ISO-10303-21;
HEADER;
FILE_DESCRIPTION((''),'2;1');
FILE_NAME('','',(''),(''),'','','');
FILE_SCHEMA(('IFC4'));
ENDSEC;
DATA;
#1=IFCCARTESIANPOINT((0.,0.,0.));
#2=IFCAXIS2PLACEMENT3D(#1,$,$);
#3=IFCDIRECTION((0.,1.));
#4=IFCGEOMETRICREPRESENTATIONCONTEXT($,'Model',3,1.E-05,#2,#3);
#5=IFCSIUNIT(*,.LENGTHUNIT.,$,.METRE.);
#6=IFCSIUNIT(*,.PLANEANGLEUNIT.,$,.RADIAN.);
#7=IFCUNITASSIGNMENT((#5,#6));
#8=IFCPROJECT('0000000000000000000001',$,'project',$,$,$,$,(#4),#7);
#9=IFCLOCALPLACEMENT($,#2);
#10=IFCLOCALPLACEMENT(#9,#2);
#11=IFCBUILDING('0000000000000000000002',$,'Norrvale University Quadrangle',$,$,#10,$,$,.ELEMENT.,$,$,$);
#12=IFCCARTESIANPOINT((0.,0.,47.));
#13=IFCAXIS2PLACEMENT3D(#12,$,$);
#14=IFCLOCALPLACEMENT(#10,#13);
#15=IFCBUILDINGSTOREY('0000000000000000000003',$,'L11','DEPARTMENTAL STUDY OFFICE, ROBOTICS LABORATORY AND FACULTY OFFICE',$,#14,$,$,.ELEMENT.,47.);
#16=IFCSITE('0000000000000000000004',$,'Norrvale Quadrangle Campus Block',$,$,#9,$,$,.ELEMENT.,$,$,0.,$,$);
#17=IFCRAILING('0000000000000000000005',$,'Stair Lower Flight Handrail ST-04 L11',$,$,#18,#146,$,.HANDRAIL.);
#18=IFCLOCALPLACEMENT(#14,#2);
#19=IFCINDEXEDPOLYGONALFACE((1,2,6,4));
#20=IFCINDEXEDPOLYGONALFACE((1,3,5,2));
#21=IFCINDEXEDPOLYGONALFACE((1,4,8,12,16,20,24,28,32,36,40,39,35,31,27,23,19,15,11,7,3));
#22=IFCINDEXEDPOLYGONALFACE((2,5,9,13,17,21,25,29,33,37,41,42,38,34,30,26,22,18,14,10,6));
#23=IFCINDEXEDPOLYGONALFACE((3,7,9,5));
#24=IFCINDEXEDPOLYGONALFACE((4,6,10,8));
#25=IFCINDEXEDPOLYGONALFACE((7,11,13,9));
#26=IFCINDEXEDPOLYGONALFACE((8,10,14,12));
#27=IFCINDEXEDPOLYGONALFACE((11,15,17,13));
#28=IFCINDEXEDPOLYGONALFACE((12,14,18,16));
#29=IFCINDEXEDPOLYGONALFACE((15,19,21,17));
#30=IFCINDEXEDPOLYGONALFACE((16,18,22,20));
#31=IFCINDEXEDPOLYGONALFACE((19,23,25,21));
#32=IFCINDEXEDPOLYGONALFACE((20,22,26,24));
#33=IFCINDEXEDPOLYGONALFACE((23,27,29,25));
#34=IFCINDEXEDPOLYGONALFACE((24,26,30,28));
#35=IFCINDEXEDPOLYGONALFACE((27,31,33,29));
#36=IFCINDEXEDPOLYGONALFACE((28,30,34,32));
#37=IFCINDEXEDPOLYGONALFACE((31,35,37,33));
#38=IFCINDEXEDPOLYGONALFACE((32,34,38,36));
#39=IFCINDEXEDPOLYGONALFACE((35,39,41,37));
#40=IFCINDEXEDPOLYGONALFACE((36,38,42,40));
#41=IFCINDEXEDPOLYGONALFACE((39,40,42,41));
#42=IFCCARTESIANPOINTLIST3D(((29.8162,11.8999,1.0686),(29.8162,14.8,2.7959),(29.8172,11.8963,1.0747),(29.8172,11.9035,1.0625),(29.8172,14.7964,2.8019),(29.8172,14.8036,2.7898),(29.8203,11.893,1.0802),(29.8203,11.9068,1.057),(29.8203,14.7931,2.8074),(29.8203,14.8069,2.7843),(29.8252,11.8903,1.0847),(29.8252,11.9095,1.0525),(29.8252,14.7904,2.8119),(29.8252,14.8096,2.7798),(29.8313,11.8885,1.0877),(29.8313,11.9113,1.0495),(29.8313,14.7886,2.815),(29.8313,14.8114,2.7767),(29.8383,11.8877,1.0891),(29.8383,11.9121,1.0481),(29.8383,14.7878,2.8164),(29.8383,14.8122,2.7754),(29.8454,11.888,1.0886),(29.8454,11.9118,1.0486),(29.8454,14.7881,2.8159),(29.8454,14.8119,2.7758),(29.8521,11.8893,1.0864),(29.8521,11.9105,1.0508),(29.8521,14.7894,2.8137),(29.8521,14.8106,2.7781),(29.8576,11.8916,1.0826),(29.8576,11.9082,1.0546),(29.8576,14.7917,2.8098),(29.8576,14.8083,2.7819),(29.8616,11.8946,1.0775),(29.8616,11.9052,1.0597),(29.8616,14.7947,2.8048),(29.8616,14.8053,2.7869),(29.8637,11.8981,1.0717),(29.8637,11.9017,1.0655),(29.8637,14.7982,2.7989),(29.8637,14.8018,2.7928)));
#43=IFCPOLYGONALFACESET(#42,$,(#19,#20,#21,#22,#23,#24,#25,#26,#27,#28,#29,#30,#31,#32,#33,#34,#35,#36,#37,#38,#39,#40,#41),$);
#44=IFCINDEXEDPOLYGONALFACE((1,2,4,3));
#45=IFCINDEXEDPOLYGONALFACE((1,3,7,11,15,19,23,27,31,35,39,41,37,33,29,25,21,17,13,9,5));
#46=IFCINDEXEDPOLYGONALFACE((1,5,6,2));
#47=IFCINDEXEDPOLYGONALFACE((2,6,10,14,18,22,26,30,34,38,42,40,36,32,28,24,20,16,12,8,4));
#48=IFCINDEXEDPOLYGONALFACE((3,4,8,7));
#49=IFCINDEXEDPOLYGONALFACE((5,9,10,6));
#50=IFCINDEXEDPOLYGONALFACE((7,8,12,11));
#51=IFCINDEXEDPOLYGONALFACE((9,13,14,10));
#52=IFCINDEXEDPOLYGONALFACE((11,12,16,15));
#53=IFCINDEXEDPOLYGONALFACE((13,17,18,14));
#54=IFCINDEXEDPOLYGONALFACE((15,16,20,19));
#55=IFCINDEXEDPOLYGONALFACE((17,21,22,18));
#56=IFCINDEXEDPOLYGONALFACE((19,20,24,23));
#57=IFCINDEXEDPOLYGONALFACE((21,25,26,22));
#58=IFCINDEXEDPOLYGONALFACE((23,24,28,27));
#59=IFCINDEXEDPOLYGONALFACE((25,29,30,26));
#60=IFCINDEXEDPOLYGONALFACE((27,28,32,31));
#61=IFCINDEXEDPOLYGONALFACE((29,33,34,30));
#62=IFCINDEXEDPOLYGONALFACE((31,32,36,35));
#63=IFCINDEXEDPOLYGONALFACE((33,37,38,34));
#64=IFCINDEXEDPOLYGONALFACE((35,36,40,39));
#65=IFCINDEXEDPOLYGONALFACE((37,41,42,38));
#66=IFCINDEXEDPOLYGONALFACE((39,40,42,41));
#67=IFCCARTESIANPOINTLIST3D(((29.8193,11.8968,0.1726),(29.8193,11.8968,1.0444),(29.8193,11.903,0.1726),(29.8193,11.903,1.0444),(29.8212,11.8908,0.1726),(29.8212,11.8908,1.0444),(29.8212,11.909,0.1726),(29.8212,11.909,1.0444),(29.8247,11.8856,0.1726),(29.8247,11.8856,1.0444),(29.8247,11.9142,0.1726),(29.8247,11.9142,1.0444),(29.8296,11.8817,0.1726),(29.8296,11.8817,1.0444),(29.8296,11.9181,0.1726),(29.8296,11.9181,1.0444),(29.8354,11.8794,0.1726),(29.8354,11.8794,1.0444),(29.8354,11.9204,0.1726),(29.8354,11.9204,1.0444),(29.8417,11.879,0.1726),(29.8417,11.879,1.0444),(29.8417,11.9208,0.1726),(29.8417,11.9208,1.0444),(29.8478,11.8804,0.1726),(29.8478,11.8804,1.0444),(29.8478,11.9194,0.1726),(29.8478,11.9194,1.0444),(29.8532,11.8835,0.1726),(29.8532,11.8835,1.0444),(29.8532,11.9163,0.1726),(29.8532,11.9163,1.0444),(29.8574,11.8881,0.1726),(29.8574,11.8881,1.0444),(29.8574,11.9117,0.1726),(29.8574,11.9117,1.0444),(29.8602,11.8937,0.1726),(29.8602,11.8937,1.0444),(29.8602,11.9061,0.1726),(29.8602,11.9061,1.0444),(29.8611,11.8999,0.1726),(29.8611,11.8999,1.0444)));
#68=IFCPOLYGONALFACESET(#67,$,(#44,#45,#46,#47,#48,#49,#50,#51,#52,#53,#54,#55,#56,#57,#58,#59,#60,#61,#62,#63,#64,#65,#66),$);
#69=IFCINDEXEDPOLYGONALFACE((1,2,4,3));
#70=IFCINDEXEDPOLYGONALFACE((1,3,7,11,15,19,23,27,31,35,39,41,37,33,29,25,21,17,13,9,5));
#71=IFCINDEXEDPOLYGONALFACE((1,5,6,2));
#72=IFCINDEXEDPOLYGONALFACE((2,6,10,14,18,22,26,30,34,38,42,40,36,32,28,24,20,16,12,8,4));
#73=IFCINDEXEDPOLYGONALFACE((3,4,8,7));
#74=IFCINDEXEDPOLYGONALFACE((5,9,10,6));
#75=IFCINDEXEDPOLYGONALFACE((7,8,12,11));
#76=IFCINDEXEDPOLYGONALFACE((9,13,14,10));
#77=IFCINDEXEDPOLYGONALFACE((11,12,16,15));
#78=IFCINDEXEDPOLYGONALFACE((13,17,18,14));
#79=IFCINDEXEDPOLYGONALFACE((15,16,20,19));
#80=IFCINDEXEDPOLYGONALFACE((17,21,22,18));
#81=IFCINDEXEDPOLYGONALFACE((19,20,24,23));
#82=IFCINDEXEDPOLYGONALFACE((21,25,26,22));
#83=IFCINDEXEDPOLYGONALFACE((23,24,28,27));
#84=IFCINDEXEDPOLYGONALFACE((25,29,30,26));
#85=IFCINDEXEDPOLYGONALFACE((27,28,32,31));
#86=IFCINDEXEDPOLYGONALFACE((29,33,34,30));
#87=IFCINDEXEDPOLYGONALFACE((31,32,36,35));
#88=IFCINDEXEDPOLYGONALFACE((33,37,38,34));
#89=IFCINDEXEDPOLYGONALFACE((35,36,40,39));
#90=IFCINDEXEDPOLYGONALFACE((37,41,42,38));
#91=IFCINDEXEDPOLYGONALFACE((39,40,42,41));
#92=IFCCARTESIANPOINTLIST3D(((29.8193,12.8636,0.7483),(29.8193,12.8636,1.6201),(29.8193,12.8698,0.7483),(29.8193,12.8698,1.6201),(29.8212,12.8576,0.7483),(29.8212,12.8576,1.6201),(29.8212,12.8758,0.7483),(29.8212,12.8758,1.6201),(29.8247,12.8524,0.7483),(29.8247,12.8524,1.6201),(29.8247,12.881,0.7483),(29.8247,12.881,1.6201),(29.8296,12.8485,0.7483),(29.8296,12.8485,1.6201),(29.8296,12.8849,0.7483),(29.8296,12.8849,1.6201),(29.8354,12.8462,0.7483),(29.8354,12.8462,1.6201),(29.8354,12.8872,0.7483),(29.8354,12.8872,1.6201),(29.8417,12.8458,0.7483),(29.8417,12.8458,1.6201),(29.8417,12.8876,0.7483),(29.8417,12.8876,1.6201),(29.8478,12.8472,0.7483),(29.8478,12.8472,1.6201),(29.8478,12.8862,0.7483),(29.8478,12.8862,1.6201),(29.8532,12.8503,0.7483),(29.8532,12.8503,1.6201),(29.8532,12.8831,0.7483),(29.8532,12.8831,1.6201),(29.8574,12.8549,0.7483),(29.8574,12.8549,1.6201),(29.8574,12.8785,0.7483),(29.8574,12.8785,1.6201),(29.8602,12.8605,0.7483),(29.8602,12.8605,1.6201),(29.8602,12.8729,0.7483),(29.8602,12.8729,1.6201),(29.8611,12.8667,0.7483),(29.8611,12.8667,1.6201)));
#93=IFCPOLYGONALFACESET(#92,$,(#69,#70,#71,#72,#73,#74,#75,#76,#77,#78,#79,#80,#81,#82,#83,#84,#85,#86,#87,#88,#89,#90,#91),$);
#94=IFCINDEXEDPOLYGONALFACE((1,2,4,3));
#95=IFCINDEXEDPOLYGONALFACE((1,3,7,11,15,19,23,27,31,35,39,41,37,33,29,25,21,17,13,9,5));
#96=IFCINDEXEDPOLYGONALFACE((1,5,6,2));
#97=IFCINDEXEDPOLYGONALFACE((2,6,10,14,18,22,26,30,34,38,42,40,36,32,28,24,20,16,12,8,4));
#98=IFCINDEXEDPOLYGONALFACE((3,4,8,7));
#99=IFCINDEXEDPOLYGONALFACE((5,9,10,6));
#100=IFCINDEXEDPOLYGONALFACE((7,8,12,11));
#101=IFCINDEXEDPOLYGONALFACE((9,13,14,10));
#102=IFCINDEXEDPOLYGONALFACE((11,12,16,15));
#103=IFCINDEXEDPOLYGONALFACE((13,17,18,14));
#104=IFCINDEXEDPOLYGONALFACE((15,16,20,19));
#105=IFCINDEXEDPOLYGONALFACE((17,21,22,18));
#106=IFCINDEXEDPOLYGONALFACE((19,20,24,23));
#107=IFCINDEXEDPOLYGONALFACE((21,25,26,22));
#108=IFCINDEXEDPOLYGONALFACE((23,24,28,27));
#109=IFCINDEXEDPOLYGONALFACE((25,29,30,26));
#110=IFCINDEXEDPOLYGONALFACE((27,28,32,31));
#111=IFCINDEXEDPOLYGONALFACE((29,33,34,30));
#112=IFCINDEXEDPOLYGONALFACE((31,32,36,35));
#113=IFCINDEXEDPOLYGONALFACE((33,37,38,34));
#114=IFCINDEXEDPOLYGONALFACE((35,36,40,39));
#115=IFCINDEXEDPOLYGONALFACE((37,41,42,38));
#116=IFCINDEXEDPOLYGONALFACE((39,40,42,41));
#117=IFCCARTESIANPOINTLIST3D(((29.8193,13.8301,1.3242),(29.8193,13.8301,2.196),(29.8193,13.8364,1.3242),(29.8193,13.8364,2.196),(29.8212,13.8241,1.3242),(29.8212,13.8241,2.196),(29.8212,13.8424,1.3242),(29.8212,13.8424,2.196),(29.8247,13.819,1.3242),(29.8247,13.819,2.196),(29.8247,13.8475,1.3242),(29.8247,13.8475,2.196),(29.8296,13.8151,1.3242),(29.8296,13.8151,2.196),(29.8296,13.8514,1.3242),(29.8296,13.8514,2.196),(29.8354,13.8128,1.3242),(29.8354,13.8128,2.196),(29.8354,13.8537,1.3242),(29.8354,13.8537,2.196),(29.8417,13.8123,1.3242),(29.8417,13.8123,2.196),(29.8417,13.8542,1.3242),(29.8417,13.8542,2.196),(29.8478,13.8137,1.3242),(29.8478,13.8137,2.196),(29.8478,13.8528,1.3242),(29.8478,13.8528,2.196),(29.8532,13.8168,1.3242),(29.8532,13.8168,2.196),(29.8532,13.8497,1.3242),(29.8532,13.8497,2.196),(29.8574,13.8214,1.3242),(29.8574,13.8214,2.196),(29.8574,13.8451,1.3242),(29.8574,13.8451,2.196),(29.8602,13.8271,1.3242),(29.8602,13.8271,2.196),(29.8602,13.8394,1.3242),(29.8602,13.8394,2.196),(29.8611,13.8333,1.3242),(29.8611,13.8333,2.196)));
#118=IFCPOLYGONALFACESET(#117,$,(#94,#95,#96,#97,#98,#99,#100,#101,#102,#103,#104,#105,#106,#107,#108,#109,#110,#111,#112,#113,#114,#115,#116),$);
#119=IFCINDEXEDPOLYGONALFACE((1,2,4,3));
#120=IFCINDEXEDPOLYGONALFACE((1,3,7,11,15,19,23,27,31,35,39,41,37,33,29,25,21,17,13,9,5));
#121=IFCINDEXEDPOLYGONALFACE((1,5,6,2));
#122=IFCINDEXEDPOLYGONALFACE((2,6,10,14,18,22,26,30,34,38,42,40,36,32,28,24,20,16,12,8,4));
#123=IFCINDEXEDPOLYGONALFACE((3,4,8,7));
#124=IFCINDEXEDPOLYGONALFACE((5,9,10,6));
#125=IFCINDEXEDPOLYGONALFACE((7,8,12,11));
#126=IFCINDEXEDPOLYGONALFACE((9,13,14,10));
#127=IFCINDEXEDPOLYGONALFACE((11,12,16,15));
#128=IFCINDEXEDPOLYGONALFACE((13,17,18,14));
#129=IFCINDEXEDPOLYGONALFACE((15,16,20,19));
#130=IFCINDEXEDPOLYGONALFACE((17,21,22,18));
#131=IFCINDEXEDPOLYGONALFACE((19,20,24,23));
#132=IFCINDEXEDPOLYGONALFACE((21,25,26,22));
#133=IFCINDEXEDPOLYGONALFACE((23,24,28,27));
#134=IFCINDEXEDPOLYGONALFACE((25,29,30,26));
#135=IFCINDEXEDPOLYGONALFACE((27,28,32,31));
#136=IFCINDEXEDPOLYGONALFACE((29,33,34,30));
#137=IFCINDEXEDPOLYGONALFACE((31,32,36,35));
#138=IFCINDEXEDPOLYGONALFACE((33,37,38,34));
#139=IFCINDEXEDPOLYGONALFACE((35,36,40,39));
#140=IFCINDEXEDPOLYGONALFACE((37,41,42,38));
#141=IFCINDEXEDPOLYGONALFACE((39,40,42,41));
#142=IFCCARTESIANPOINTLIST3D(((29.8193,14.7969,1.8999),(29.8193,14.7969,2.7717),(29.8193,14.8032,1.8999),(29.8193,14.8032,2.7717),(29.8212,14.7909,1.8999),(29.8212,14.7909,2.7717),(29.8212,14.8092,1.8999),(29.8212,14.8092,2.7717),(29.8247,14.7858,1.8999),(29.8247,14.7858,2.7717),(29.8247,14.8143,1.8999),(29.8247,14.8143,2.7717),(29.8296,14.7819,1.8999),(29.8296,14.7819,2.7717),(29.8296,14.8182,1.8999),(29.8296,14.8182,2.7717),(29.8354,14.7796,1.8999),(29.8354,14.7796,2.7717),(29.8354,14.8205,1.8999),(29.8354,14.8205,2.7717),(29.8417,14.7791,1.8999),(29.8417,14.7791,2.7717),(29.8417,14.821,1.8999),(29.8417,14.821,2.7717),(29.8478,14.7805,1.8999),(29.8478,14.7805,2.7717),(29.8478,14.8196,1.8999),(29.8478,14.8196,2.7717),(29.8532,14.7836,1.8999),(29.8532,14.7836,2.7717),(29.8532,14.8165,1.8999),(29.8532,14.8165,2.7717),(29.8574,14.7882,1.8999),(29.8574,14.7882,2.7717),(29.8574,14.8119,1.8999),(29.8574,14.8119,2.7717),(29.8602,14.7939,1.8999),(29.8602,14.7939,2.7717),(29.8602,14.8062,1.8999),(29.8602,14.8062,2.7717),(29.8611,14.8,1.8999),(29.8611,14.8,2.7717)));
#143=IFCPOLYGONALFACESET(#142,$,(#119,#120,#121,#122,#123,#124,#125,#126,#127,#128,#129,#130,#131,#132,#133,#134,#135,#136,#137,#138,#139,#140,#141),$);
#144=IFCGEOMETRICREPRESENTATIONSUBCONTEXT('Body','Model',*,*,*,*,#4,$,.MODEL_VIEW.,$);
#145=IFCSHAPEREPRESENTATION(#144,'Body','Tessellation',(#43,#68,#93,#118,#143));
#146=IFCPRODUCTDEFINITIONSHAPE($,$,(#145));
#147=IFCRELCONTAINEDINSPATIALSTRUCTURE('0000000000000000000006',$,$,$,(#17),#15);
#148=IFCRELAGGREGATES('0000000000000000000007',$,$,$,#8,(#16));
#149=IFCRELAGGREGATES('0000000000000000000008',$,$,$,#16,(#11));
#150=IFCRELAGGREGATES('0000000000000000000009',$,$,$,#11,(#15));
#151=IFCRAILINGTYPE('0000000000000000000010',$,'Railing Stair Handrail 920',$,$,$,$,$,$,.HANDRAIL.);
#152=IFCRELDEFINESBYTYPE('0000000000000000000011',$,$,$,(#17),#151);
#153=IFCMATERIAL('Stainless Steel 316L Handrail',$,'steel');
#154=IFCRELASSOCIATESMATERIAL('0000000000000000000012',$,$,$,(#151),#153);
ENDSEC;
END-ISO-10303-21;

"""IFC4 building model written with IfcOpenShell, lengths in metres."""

from ifc_helpers import new_model, si_unit, direction, frame, origin, origin_2d, place, context, subcontext, project, spatial, circle, extrude, material, type_object, element, save


model = new_model("IFC4")

# Units and contexts
model_context = context("Model", 3, precision=1e-05, world=origin(), true_north=direction((0.0, 1.0)))
body_context = subcontext(model_context, "Body", "Model", "MODEL_VIEW")
ifc_project = project(units=[si_unit("LENGTHUNIT", "METRE"), si_unit("PLANEANGLEUNIT", "RADIAN")], contexts=[model_context])

# Site, building, storey
site_placement = place(None, origin())
site = spatial("IfcSite", under=ifc_project, at=site_placement, Name="Norrvale Quadrangle Campus Block", CompositionType="ELEMENT", RefElevation=0.0)
building_placement = place(site_placement, origin())
building = spatial("IfcBuilding", under=site, at=building_placement, Name="Norrvale University Quadrangle", CompositionType="ELEMENT")
storey_placement = place(building_placement, frame((0.0, 0.0, 47.0)))
storey = spatial("IfcBuildingStorey", under=building, at=storey_placement, Name="L11", Description="DEPARTMENTAL STUDY OFFICE, ROBOTICS LABORATORY AND FACULTY OFFICE", CompositionType="ELEMENT", Elevation=47.0)

# Railing
ifc_material_1 = material(Name="Stainless Steel 316L Handrail", Category="steel")
railing_type_1 = type_object("IfcRailingType", Name="Railing Stair Handrail 920", PredefinedType="HANDRAIL", material=ifc_material_1)
railing_1_placement = place(storey_placement, frame((29.8401, 11.8999, 0.1726)))
element("IfcRailing", 1, at=railing_1_placement, inside=storey, type_object=railing_type_1, Name="Stair Lower Flight Handrail ST-04 L11", PredefinedType="HANDRAIL", context=body_context, shape_type="SweptSolid", body=[
    extrude(circle(Radius=0.0239, at=origin_2d()), frame((0.0, 0.0, 0.896), z_axis=(0.0, 0.85916, 0.511706), x_axis=(-1.0, 0.0, 0.0)), (0.0, 0.0, 1.0), 3.3755),
    extrude(circle(Radius=0.021, at=origin_2d()), origin(), (0.0, 0.0, 1.0), 0.8718),
    extrude(circle(Radius=0.021, at=origin_2d()), frame((0.0, 0.9668, 0.5757)), (0.0, 0.0, 1.0), 0.8718),
    extrude(circle(Radius=0.021, at=origin_2d()), frame((0.0, 1.9333, 1.1516)), (0.0, 0.0, 1.0), 0.8718),
    extrude(circle(Radius=0.021, at=origin_2d()), frame((0.0, 2.9001, 1.7273)), (0.0, 0.0, 1.0), 0.8718),
])

save(model, "model.ifc")
